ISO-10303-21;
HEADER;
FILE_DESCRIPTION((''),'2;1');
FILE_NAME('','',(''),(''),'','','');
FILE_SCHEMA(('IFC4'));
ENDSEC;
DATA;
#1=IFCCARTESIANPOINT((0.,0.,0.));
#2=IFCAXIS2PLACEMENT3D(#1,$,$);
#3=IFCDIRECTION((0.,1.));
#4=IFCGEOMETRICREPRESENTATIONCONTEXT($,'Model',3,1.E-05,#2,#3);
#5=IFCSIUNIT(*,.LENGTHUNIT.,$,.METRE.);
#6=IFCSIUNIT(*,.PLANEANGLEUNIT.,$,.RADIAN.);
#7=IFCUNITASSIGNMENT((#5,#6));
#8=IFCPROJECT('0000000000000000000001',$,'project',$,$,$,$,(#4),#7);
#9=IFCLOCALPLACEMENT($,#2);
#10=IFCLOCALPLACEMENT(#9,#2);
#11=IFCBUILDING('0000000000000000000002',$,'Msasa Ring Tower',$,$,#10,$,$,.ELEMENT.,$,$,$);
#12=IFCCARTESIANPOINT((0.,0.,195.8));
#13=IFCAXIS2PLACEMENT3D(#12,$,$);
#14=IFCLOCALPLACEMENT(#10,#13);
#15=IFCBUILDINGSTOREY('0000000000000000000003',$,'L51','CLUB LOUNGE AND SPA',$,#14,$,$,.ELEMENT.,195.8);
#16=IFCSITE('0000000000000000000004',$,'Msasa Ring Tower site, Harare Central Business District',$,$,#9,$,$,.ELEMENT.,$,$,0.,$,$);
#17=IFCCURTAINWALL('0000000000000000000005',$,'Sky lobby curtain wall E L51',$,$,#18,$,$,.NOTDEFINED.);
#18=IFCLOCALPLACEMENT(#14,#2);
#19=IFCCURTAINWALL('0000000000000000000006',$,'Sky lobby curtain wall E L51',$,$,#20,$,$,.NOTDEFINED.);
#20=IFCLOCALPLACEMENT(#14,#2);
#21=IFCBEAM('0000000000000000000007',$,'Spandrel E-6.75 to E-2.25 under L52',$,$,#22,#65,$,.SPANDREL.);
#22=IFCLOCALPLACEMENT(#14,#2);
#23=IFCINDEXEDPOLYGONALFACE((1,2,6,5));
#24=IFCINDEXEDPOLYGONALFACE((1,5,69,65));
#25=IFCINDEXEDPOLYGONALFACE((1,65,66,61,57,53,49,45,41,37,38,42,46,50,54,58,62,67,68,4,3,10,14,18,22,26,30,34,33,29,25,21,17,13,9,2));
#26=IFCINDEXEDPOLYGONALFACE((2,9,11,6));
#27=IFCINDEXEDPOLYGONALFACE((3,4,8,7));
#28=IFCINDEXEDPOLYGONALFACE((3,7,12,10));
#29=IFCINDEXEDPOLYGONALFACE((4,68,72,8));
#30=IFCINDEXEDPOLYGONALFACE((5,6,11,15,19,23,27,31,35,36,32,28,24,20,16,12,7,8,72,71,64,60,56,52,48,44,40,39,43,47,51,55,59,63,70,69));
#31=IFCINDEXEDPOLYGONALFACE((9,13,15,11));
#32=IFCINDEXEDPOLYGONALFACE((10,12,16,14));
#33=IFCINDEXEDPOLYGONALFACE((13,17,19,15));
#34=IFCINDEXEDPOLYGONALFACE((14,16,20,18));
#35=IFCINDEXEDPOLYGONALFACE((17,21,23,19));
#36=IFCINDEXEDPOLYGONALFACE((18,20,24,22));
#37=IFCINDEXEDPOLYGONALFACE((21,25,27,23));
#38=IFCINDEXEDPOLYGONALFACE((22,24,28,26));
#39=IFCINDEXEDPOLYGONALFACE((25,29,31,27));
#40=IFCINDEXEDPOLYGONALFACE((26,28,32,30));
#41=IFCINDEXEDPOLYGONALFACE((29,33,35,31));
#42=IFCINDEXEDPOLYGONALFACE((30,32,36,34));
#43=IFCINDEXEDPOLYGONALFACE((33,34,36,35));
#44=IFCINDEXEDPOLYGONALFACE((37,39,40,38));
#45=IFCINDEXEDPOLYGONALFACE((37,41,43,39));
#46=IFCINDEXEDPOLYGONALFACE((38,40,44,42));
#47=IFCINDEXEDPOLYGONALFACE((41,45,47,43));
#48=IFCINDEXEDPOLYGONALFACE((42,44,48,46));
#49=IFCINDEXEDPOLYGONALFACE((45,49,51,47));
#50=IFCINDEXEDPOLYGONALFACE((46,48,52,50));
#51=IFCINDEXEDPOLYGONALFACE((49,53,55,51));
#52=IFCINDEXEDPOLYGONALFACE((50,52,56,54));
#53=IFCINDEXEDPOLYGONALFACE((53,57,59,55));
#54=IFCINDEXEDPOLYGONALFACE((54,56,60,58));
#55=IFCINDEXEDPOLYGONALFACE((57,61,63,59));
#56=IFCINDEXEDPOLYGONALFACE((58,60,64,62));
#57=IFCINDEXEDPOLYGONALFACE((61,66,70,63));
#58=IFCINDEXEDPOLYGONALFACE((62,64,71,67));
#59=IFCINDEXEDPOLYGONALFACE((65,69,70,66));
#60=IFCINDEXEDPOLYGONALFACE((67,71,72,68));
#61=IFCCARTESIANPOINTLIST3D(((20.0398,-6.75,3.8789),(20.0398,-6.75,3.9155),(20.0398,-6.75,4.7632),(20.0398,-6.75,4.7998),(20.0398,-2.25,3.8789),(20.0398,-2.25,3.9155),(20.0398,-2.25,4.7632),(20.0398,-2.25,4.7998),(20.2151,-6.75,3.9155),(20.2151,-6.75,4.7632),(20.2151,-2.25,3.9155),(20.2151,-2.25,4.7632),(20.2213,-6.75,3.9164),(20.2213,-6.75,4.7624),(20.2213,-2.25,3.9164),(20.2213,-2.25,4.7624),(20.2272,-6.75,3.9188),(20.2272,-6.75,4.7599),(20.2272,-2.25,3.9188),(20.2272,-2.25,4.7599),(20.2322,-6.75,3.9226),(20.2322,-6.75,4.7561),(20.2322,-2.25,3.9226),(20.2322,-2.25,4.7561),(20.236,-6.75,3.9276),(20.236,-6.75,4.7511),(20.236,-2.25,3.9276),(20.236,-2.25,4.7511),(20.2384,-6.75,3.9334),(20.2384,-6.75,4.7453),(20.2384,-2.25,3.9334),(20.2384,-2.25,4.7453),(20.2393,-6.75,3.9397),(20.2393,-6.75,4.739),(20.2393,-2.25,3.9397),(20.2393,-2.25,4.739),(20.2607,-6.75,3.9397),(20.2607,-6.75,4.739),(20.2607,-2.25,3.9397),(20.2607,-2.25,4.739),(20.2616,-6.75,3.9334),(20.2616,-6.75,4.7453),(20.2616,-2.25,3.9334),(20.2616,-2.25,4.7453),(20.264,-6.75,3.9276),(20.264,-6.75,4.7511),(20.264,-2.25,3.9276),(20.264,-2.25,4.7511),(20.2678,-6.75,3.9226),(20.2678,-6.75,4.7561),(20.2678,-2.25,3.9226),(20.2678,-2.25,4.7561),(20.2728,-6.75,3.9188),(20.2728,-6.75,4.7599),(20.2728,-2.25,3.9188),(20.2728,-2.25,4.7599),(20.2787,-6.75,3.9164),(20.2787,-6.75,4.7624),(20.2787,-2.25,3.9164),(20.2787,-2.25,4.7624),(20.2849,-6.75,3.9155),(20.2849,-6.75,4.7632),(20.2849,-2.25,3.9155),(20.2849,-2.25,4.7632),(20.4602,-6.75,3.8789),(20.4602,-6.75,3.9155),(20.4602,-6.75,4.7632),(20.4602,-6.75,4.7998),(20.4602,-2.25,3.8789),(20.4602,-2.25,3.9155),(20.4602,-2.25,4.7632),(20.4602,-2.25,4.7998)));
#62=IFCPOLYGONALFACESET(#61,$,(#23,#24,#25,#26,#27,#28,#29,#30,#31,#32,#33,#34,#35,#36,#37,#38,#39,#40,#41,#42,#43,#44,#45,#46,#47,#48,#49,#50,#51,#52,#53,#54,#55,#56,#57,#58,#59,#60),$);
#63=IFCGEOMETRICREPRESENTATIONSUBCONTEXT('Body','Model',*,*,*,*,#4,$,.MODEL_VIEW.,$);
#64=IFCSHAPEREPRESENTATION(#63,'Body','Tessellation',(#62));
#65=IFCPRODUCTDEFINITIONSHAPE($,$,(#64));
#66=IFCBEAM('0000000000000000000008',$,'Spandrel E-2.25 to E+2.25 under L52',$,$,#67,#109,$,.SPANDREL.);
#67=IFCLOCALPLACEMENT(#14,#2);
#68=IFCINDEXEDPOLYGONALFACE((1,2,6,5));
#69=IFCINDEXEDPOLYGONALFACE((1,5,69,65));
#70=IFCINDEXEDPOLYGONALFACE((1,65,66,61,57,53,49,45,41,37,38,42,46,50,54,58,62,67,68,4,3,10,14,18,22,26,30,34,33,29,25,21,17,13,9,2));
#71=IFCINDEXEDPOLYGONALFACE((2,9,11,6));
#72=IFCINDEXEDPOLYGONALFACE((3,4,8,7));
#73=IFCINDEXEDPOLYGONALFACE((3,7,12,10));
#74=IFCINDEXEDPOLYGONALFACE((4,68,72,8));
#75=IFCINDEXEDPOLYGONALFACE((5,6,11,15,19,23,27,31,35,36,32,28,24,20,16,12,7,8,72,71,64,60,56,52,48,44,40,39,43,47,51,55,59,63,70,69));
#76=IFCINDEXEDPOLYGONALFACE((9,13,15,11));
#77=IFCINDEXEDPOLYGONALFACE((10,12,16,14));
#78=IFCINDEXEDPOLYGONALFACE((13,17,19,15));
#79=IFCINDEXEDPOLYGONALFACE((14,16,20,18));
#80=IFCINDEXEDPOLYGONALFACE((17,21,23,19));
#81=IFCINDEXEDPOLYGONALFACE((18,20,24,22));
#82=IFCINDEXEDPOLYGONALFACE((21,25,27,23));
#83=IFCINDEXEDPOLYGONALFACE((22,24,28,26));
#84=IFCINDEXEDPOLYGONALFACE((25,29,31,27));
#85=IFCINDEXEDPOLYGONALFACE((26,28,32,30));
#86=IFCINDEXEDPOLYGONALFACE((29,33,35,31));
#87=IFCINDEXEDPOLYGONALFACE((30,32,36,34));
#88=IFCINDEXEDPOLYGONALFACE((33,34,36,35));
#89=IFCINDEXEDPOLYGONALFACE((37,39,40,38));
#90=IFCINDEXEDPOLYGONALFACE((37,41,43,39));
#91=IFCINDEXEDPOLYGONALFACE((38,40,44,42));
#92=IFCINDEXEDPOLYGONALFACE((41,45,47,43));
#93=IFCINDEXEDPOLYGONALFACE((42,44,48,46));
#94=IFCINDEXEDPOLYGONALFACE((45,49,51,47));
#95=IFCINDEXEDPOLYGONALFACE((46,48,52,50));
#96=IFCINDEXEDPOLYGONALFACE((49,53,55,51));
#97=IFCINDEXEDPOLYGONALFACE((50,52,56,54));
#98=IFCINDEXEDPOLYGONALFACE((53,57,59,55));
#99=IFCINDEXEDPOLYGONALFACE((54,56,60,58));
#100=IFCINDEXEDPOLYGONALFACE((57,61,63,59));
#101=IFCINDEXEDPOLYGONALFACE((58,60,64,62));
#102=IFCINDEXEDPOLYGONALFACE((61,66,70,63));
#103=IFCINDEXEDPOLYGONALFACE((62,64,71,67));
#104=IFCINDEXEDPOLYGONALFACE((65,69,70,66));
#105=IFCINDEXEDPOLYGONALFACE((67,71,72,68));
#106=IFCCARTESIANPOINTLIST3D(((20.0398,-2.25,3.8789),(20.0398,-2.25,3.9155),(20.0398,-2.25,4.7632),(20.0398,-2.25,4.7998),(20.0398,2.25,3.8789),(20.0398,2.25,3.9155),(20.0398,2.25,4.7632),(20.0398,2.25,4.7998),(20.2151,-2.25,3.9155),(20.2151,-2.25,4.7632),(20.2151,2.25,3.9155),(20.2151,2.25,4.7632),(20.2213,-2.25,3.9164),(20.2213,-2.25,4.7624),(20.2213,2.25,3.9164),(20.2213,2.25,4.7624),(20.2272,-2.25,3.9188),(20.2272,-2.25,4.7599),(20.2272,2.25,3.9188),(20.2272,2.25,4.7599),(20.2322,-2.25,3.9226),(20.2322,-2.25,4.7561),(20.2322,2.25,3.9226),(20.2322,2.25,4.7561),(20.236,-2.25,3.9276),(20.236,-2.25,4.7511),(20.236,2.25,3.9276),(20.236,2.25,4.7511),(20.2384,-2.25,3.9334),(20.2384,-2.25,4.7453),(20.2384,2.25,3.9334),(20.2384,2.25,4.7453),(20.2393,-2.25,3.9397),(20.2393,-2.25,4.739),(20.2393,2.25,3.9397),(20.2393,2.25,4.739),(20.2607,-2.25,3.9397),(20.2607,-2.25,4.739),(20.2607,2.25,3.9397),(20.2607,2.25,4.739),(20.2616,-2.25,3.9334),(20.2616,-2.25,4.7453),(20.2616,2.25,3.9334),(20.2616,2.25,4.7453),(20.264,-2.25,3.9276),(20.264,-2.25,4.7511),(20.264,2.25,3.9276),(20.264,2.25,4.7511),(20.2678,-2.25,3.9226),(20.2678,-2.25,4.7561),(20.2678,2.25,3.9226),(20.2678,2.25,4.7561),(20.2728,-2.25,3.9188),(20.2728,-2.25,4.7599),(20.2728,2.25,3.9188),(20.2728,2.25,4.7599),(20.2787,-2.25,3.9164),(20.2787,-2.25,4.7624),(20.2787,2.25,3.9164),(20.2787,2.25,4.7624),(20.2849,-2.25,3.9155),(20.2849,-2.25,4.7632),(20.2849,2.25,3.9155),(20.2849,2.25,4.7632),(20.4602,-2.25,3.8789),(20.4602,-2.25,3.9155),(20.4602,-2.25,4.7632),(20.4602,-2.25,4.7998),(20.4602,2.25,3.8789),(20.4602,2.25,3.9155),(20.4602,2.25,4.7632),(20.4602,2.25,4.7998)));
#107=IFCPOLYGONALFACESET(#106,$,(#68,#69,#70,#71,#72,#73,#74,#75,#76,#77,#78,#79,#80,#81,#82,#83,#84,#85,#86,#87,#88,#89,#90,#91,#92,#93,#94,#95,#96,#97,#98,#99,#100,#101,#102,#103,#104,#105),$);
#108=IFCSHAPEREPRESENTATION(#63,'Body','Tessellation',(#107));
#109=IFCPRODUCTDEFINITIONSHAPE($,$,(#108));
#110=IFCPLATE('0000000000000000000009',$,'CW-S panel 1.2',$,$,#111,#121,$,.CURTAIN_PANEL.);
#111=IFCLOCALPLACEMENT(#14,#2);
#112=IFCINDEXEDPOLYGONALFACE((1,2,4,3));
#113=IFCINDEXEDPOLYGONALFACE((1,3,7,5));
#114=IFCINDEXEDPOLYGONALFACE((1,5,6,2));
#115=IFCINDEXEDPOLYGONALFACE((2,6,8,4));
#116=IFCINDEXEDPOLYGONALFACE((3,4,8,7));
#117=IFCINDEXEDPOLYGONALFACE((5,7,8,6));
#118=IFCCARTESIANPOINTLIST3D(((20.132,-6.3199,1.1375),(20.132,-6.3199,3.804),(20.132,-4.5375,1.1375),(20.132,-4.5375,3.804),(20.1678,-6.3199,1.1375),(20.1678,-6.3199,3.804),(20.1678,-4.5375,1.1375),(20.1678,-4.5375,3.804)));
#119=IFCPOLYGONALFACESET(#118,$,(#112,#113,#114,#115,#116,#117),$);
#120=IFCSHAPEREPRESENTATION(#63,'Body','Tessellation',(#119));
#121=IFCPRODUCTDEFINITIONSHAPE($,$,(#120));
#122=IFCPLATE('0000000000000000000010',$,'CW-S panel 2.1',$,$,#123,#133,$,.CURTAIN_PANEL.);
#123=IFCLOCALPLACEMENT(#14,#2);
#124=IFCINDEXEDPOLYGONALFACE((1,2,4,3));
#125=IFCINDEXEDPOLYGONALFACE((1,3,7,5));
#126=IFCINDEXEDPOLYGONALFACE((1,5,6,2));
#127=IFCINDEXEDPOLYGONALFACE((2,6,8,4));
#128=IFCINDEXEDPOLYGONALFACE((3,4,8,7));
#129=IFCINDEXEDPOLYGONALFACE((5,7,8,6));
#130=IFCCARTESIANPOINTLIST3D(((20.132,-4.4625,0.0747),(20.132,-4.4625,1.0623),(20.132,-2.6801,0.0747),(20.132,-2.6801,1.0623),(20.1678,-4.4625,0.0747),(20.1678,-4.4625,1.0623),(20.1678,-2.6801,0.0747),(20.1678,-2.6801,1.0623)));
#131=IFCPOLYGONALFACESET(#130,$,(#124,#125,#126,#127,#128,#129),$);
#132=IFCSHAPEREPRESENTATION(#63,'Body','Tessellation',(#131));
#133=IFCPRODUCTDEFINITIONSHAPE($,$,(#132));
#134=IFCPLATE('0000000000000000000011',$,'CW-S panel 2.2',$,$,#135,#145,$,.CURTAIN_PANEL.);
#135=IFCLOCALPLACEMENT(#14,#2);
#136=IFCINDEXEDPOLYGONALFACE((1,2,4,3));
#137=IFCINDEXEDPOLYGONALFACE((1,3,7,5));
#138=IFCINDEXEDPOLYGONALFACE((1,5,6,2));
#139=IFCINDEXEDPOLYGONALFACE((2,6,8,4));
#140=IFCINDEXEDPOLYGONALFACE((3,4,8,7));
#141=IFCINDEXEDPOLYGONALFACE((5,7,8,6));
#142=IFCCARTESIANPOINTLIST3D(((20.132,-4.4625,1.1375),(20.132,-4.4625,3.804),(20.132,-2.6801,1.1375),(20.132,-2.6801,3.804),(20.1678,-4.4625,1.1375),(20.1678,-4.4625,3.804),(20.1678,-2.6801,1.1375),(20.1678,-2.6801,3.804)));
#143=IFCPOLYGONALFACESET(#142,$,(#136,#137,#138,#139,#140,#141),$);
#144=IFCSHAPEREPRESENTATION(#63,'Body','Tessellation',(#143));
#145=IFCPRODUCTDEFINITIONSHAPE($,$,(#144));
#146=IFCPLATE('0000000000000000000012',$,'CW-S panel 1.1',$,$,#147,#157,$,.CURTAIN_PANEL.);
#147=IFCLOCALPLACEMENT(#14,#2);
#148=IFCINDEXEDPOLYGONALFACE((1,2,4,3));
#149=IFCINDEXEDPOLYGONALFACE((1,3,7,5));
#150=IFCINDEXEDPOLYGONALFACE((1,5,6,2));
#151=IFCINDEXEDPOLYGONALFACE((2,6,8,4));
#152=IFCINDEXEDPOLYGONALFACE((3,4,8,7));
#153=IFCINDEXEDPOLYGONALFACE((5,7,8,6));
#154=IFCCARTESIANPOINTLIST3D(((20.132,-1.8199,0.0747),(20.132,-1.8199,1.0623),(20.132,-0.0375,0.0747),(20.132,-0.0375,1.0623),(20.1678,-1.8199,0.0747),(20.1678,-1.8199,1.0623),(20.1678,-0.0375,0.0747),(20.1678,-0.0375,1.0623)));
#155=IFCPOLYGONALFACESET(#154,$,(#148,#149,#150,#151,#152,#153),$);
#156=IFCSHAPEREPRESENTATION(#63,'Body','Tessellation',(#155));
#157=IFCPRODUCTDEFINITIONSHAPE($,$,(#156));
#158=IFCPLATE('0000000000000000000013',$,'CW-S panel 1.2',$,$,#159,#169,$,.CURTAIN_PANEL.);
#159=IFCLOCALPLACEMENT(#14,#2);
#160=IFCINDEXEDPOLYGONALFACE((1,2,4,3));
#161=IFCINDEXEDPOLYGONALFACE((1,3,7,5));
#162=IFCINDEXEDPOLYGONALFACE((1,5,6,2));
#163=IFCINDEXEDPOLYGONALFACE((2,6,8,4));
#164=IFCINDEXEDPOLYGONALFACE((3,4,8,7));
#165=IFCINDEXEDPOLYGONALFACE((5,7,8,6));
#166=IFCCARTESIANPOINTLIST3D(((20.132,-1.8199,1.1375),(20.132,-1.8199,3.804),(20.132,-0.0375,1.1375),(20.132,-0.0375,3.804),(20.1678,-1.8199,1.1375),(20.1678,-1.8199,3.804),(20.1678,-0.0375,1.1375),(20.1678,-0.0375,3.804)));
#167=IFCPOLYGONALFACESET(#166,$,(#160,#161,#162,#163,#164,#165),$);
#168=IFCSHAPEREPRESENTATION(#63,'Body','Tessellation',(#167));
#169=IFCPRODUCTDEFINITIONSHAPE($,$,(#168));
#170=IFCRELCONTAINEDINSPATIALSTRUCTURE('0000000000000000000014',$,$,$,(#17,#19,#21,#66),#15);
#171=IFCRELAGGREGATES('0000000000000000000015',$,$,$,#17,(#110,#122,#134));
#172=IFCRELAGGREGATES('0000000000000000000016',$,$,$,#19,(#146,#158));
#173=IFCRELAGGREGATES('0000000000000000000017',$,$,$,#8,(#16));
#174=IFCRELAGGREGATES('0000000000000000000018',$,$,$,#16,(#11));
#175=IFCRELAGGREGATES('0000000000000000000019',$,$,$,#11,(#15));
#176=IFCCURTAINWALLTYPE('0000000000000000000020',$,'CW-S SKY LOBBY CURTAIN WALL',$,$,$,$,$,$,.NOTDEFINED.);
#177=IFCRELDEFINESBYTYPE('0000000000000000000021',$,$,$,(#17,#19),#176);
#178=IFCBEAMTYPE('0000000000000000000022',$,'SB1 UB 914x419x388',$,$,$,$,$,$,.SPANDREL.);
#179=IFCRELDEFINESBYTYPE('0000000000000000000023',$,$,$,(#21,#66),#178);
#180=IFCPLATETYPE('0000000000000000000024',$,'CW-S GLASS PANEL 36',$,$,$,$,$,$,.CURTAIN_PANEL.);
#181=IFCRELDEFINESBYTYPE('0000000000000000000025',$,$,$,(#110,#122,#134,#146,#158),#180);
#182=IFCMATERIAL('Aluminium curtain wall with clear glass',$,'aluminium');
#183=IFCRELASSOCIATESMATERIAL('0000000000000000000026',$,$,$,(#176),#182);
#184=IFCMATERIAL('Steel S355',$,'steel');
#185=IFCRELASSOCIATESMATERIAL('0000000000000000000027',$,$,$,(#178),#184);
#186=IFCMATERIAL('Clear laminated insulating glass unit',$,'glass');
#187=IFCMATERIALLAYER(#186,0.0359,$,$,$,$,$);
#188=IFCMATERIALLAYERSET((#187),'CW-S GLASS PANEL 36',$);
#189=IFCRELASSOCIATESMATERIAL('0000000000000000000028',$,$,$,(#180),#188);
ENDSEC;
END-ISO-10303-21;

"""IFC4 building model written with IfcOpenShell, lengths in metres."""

from ifc_helpers import new_model, si_unit, direction, frame, origin, origin_2d, place, context, subcontext, project, spatial, rectangle, i_section, extrude, material, layer, layer_set, material_profile, profile_set, type_object, element, aggregate, save


model = new_model("IFC4")

# Units and contexts
model_context = context("Model", 3, precision=1e-05, world=origin(), true_north=direction((0.0, 1.0)))
body_context = subcontext(model_context, "Body", "Model", "MODEL_VIEW")
ifc_project = project(units=[si_unit("LENGTHUNIT", "METRE"), si_unit("PLANEANGLEUNIT", "RADIAN")], contexts=[model_context])

# Site, building, storey
site_placement = place(None, origin())
site = spatial("IfcSite", under=ifc_project, at=site_placement, Name="Msasa Ring Tower site, Harare Central Business District", CompositionType="ELEMENT", RefElevation=0.0)
building_placement = place(site_placement, origin())
building = spatial("IfcBuilding", under=site, at=building_placement, Name="Msasa Ring Tower", CompositionType="ELEMENT")
storey_placement = place(building_placement, frame((0.0, 0.0, 195.8)))
storey = spatial("IfcBuildingStorey", under=building, at=storey_placement, Name="L51", Description="CLUB LOUNGE AND SPA", CompositionType="ELEMENT", Elevation=195.8)

# Curtain wall
ifc_material_1 = material(Name="Aluminium curtain wall with clear glass", Category="aluminium")
curtain_wall_type = type_object("IfcCurtainWallType", Name="CW-S SKY LOBBY CURTAIN WALL", PredefinedType="NOTDEFINED", material=ifc_material_1)
curtain_wall_1_placement = place(storey_placement, origin())
curtain_wall_1 = element("IfcCurtainWall", 1, at=curtain_wall_1_placement, inside=storey, type_object=curtain_wall_type, Name="Sky lobby curtain wall E L51", PredefinedType="NOTDEFINED")

# Curtain wall
curtain_wall_2_placement = place(storey_placement, origin())
curtain_wall_2 = element("IfcCurtainWall", 2, at=curtain_wall_2_placement, inside=storey, type_object=curtain_wall_type, Name="Sky lobby curtain wall E L51", PredefinedType="NOTDEFINED")

# Beams
ifc_material_2 = material(Name="Steel S355", Category="steel")
ifc_material_profile_1 = material_profile(ifc_material_2, i_section(OverallWidth=0.4204, OverallDepth=0.9209, WebThickness=0.0215, FlangeThickness=0.0366, FilletRadius=0.0242, at=origin_2d()), Name="UB 914x419x388")
ifc_profile_set_1 = profile_set([ifc_material_profile_1], Name="Steel S355")
beam_type_1 = type_object("IfcBeamType", Name="SB1 UB 914x419x388", PredefinedType="SPANDREL", material=ifc_profile_set_1)
for number, where, z_axis, x_axis, name in (
    (3, (20.25, -6.75, 4.3394), (0.0, 1.0, 0.0), (-1.0, 0.0, 0.0), "Spandrel E-6.75 to E-2.25 under L52"),
    (4, (20.25, -2.25, 4.3394), (0.0, 1.0, 0.0), (-1.0, 0.0, 0.0), "Spandrel E-2.25 to E+2.25 under L52"),
):
    element("IfcBeam", number, at=place(storey_placement, frame(where, z_axis=z_axis, x_axis=x_axis)), inside=storey, type_object=beam_type_1, Name=name, PredefinedType="SPANDREL", context=body_context, shape_type="SweptSolid", body=[
        extrude(i_section(OverallWidth=0.4204, OverallDepth=0.9209, WebThickness=0.0215, FlangeThickness=0.0366, FilletRadius=0.0242, at=origin_2d()), origin(), (0.0, 0.0, 1.0), 4.5),
    ])

# Plates
ifc_material_3 = material(Name="Clear laminated insulating glass unit", Category="glass")
ifc_layer = layer(ifc_material_3, 0.0359)
ifc_layer_set = layer_set([ifc_layer], Name="CW-S GLASS PANEL 36")
plate_type = type_object("IfcPlateType", Name="CW-S GLASS PANEL 36", PredefinedType="CURTAIN_PANEL", material=ifc_layer_set)
plate_1_placement = place(storey_placement, frame((20.1499, -5.4287, 1.1375), z_axis=(0.0, 0.0, 1.0), x_axis=(0.0, 1.0, 0.0)))
plate_1 = element("IfcPlate", 5, at=plate_1_placement, type_object=plate_type, Name="CW-S panel 1.2", PredefinedType="CURTAIN_PANEL", context=body_context, shape_type="SweptSolid", body=[
    extrude(rectangle(XDim=1.7825, YDim=0.0359, at=origin_2d()), origin(), (0.0, 0.0, 1.0), 2.6665),
])
plate_2_placement = place(storey_placement, frame((20.1499, -3.5713, 0.0747), z_axis=(0.0, 0.0, 1.0), x_axis=(0.0, 1.0, 0.0)))
plate_2 = element("IfcPlate", 6, at=plate_2_placement, type_object=plate_type, Name="CW-S panel 2.1", PredefinedType="CURTAIN_PANEL", context=body_context, shape_type="SweptSolid", body=[
    extrude(rectangle(XDim=1.7825, YDim=0.0359, at=origin_2d()), origin(), (0.0, 0.0, 1.0), 0.9875),
])
plate_3_placement = place(storey_placement, frame((20.1499, -3.5713, 1.1375), z_axis=(0.0, 0.0, 1.0), x_axis=(0.0, 1.0, 0.0)))
plate_3 = element("IfcPlate", 7, at=plate_3_placement, type_object=plate_type, Name="CW-S panel 2.2", PredefinedType="CURTAIN_PANEL", context=body_context, shape_type="SweptSolid", body=[
    extrude(rectangle(XDim=1.7825, YDim=0.0359, at=origin_2d()), origin(), (0.0, 0.0, 1.0), 2.6665),
])
aggregate(curtain_wall_1, [plate_1, plate_2, plate_3])
plate_4_placement = place(storey_placement, frame((20.1499, -0.9287, 0.0747), z_axis=(0.0, 0.0, 1.0), x_axis=(0.0, 1.0, 0.0)))
plate_4 = element("IfcPlate", 8, at=plate_4_placement, type_object=plate_type, Name="CW-S panel 1.1", PredefinedType="CURTAIN_PANEL", context=body_context, shape_type="SweptSolid", body=[
    extrude(rectangle(XDim=1.7825, YDim=0.0359, at=origin_2d()), origin(), (0.0, 0.0, 1.0), 0.9875),
])
plate_5_placement = place(storey_placement, frame((20.1499, -0.9287, 1.1375), z_axis=(0.0, 0.0, 1.0), x_axis=(0.0, 1.0, 0.0)))
plate_5 = element("IfcPlate", 9, at=plate_5_placement, type_object=plate_type, Name="CW-S panel 1.2", PredefinedType="CURTAIN_PANEL", context=body_context, shape_type="SweptSolid", body=[
    extrude(rectangle(XDim=1.7825, YDim=0.0359, at=origin_2d()), origin(), (0.0, 0.0, 1.0), 2.6665),
])
aggregate(curtain_wall_2, [plate_4, plate_5])

save(model, "model.ifc")
